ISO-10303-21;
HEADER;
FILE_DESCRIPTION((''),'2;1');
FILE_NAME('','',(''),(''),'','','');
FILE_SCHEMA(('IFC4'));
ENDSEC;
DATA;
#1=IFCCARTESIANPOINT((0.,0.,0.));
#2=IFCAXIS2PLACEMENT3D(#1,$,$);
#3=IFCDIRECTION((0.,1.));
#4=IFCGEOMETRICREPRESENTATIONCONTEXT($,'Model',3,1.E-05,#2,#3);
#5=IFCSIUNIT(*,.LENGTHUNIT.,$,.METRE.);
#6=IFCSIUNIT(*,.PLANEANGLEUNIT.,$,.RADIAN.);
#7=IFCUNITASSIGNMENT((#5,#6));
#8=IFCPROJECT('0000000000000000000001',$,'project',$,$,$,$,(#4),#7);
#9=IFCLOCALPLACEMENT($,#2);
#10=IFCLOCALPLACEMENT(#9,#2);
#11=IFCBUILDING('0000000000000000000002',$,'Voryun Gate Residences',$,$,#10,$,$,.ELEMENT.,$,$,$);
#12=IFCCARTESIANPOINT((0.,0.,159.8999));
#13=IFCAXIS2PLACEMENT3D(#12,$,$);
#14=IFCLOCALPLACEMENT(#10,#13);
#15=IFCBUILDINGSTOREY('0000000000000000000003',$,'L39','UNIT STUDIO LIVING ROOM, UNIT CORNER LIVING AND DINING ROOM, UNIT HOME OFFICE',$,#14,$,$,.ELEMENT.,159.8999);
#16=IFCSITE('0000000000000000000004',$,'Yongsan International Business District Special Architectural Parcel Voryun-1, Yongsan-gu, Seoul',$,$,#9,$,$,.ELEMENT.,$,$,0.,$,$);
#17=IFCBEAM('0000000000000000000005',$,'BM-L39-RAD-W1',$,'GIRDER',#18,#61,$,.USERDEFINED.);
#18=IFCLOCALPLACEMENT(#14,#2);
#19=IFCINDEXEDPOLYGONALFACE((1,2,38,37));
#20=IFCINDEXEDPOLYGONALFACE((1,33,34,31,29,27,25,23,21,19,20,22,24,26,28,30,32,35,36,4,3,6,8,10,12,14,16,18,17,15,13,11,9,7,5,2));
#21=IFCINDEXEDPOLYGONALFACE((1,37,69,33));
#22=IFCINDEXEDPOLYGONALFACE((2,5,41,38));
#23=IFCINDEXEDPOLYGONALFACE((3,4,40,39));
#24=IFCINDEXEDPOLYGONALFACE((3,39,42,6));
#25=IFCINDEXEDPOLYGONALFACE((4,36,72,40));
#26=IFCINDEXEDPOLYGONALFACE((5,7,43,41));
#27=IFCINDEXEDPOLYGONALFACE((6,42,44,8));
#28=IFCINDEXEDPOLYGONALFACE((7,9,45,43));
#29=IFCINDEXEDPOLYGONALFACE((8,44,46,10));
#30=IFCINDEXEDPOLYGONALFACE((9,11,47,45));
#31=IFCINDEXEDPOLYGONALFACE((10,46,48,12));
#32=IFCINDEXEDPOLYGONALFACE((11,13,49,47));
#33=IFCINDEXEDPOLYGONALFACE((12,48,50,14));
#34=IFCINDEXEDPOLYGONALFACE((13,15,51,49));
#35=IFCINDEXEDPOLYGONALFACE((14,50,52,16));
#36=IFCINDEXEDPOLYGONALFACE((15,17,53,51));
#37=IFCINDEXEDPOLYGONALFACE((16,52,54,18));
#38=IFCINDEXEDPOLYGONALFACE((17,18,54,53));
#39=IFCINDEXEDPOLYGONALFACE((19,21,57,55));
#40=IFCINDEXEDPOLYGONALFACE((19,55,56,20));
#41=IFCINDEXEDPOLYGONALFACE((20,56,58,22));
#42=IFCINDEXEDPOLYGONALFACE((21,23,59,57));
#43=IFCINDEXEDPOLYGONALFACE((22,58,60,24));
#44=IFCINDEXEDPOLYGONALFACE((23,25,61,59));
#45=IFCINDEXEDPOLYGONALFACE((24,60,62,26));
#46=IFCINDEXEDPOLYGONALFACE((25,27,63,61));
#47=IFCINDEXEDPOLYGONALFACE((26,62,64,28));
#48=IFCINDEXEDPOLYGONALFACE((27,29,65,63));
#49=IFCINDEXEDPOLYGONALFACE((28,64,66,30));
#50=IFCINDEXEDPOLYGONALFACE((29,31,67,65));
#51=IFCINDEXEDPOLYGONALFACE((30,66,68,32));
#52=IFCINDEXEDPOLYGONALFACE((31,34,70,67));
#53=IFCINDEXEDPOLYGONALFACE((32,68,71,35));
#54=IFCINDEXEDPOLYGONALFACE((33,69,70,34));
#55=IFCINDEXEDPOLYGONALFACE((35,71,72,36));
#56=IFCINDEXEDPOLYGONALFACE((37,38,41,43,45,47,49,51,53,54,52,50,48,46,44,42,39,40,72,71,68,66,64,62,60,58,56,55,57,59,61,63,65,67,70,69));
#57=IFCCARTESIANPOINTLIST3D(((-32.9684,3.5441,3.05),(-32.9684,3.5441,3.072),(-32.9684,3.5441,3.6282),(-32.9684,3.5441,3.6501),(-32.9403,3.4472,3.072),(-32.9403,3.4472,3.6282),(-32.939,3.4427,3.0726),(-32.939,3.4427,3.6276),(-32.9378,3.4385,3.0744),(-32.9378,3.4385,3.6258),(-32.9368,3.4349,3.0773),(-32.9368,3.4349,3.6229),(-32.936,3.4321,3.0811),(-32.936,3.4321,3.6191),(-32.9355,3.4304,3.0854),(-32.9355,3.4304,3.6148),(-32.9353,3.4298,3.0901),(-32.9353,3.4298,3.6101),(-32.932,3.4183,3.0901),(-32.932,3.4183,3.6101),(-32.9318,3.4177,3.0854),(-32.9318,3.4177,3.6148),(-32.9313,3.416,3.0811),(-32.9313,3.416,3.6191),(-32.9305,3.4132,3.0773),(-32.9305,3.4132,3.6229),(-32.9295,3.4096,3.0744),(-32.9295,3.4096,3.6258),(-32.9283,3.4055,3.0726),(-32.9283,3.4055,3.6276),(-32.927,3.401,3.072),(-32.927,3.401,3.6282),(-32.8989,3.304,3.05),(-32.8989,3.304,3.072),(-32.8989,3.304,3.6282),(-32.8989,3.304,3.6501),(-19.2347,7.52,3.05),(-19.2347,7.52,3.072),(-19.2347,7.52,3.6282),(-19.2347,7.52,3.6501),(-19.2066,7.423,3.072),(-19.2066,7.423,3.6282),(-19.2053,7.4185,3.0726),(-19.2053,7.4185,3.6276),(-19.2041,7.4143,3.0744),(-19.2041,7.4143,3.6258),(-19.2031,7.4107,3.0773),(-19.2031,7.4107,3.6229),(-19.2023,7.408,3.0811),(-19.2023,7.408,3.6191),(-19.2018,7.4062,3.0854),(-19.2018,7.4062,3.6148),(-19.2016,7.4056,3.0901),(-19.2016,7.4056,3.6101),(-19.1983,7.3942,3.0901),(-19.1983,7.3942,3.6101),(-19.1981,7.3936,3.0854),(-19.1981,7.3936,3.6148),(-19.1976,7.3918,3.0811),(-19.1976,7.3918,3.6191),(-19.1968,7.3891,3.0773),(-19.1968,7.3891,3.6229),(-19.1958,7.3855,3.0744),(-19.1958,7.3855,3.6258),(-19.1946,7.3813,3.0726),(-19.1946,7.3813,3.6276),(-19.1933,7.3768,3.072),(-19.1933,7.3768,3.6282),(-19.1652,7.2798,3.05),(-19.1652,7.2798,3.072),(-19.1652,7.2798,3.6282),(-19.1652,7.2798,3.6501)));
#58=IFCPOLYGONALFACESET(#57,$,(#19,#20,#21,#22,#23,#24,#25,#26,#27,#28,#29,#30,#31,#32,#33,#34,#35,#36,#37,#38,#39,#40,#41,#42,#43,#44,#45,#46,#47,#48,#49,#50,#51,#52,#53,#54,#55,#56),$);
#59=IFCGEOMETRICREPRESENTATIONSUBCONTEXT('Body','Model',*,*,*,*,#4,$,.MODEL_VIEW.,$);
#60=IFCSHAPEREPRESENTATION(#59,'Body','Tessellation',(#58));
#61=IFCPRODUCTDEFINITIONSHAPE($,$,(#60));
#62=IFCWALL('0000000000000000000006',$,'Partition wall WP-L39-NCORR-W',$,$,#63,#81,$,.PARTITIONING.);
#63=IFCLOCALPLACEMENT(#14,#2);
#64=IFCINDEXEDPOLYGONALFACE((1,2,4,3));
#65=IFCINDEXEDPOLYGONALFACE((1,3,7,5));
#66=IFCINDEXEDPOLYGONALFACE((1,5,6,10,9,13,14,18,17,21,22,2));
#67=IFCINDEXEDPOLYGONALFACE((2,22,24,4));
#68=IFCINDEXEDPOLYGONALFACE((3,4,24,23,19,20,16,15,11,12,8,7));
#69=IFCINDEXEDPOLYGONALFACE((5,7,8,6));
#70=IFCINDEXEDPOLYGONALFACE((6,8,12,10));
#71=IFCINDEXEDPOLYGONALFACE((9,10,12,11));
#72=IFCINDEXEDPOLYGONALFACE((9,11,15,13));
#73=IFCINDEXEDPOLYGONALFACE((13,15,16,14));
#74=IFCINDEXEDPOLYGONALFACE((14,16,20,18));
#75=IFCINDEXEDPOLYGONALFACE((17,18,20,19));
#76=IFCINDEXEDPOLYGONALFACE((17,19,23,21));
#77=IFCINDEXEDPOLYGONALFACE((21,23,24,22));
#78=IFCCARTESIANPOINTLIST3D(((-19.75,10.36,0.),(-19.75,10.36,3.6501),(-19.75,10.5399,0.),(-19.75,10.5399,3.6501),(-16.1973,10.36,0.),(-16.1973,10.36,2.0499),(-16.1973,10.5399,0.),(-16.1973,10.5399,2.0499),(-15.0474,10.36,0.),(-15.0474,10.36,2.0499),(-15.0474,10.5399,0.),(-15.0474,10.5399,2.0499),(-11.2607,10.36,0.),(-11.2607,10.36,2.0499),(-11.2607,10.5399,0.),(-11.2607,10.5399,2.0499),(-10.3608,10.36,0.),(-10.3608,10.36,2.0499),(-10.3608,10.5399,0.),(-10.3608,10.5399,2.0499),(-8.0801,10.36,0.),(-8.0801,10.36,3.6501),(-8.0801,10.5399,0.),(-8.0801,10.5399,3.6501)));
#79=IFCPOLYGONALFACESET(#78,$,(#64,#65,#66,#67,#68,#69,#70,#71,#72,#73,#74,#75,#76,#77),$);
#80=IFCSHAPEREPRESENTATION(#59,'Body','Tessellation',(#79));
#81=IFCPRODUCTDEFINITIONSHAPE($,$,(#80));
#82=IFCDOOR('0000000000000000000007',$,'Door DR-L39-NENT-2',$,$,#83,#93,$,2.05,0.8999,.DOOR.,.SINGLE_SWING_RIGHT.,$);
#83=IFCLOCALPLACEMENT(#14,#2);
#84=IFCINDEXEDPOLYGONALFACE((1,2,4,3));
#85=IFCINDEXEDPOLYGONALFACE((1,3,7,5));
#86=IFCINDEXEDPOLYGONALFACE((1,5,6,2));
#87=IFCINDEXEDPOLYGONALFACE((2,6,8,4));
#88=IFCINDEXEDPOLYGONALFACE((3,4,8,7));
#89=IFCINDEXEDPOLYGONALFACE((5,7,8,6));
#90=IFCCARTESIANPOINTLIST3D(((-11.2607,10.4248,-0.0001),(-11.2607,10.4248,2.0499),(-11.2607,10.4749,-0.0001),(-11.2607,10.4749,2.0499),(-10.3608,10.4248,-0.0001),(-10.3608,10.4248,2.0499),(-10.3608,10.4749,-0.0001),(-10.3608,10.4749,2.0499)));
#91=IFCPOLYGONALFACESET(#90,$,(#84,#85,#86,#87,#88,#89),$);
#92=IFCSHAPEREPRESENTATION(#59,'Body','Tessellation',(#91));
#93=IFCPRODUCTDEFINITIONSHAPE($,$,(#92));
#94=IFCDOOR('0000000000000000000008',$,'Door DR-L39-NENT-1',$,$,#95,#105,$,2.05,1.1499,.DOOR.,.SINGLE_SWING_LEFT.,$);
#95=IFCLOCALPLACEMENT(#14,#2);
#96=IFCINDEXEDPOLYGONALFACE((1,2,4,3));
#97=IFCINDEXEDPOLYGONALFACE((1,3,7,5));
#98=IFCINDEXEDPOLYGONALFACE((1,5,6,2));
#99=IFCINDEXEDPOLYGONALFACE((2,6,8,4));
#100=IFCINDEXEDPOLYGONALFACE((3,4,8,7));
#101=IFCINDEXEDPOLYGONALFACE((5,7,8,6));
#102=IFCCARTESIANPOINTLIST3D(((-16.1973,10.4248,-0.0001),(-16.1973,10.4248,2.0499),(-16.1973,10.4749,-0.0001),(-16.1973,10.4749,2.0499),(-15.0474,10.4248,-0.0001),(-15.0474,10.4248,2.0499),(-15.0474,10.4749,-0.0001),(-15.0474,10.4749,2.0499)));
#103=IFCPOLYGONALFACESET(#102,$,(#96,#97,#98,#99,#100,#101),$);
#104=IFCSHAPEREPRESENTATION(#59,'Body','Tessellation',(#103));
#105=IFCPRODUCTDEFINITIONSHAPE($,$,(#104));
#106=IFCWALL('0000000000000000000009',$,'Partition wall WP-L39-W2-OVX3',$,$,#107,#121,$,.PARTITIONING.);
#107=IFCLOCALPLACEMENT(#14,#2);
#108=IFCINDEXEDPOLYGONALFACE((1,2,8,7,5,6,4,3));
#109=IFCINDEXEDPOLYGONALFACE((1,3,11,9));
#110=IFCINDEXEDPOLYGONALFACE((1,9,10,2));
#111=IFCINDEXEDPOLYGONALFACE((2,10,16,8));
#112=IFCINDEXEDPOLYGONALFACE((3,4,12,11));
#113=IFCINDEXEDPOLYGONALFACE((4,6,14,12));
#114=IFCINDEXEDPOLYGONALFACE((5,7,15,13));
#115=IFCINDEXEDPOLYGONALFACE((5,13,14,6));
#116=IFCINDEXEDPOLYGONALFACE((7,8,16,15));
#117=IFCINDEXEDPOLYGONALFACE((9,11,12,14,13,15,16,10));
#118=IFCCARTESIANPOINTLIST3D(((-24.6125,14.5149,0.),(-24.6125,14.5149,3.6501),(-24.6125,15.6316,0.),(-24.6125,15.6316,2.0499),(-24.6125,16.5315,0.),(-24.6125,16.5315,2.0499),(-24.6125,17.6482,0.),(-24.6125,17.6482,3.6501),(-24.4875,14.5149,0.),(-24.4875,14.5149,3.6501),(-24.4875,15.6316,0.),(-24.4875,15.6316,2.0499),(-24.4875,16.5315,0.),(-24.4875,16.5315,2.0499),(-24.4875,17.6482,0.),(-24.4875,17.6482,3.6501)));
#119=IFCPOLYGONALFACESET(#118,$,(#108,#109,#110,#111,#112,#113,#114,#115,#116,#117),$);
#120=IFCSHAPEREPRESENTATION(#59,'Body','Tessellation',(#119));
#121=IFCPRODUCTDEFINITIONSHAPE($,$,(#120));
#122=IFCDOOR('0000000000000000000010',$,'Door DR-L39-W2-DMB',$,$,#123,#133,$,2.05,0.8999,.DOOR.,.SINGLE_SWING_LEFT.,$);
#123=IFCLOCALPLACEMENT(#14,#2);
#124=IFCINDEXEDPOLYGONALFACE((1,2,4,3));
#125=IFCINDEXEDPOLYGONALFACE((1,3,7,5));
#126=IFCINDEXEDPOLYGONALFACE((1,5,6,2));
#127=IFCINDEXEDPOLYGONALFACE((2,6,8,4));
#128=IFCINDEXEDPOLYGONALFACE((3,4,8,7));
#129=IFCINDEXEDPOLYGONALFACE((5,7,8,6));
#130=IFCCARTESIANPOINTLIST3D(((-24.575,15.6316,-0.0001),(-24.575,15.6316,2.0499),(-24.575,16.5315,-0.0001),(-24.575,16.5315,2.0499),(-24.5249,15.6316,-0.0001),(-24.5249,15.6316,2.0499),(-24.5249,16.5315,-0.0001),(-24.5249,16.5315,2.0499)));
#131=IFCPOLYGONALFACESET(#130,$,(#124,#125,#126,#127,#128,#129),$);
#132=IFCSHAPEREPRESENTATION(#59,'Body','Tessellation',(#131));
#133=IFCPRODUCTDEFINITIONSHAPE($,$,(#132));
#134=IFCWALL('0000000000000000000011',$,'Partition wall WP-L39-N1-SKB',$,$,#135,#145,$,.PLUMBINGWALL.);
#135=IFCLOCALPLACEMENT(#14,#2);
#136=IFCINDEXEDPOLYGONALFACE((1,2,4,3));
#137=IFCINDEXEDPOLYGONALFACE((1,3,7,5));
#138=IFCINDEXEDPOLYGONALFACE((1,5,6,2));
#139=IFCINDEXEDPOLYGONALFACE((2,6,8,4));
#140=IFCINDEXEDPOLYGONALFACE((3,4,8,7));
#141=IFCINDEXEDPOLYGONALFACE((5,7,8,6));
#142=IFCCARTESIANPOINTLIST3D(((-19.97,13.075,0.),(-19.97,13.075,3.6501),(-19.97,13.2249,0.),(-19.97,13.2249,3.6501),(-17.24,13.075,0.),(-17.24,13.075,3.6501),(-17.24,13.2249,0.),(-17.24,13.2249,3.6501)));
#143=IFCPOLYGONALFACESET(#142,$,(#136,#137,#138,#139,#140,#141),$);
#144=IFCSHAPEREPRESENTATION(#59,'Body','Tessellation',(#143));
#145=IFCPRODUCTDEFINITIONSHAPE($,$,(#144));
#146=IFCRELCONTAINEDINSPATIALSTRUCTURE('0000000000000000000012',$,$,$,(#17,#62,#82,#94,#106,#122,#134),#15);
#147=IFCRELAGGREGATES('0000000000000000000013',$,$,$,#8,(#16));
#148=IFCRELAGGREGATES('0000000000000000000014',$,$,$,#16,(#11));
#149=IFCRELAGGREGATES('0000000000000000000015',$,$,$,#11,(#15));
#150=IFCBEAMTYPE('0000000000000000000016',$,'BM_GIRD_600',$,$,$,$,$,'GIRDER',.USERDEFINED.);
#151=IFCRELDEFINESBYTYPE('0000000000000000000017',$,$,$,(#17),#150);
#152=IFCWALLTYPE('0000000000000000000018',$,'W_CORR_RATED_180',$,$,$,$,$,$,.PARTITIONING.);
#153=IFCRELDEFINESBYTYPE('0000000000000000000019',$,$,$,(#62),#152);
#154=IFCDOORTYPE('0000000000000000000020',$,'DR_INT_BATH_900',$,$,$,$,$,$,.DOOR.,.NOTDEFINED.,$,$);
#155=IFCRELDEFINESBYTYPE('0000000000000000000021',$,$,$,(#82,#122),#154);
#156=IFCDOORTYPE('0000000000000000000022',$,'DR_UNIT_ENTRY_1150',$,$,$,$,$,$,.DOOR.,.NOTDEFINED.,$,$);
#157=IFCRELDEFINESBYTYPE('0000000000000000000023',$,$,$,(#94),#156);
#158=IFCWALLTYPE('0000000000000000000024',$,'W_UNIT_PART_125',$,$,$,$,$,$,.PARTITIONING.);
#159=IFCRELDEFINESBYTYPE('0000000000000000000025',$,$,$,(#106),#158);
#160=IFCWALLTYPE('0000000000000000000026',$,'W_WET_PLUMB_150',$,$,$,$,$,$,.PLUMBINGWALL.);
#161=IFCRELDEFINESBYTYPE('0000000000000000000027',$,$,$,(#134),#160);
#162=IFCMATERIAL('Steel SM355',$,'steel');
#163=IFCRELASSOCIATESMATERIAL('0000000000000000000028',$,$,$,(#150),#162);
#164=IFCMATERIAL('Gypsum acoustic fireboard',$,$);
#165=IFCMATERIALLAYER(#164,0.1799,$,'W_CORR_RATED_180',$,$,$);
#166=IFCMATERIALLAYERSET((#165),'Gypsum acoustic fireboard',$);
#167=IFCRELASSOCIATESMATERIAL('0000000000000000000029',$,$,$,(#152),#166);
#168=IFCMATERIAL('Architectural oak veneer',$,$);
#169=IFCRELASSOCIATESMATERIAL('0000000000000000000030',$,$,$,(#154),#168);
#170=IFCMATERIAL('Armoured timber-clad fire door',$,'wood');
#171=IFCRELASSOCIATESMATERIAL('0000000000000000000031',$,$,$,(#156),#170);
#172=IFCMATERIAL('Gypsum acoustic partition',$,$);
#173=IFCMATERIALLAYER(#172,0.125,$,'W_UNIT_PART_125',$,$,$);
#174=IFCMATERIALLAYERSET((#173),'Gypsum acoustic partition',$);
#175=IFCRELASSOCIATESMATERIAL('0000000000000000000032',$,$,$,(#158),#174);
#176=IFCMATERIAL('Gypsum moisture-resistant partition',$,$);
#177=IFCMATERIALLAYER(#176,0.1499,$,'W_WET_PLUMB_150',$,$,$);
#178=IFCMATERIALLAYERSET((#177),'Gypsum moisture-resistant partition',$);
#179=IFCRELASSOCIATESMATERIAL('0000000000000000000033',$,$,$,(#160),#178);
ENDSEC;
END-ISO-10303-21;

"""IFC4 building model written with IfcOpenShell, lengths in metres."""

from ifc_helpers import new_model, si_unit, direction, frame, frame_2d, origin, origin_2d, place, context, subcontext, project, spatial, rectangle, i_section, extrude, material, layer, layer_set, material_profile, profile_set, type_object, element, fill, save


model = new_model("IFC4")

# Units and contexts
model_context = context("Model", 3, precision=1e-05, world=origin(), true_north=direction((0.0, 1.0)))
body_context = subcontext(model_context, "Body", "Model", "MODEL_VIEW")
ifc_project = project(units=[si_unit("LENGTHUNIT", "METRE"), si_unit("PLANEANGLEUNIT", "RADIAN")], contexts=[model_context])

# Site, building, storey
site_placement = place(None, origin())
site = spatial("IfcSite", under=ifc_project, at=site_placement, Name="Yongsan International Business District Special Architectural Parcel Voryun-1, Yongsan-gu, Seoul", CompositionType="ELEMENT", RefElevation=0.0)
building_placement = place(site_placement, origin())
building = spatial("IfcBuilding", under=site, at=building_placement, Name="Voryun Gate Residences", CompositionType="ELEMENT")
storey_placement = place(building_placement, frame((0.0, 0.0, 159.8999)))
storey = spatial("IfcBuildingStorey", under=building, at=storey_placement, Name="L39", Description="UNIT STUDIO LIVING ROOM, UNIT CORNER LIVING AND DINING ROOM, UNIT HOME OFFICE", CompositionType="ELEMENT", Elevation=159.8999)

# Beam
ifc_material_1 = material(Name="Steel SM355", Category="steel")
ifc_material_profile_1 = material_profile(ifc_material_1, i_section(OverallWidth=0.25, OverallDepth=0.6001, WebThickness=0.012, FlangeThickness=0.022, FilletRadius=0.0181, at=origin_2d()), Name="H-600x250x12x22")
ifc_profile_set_1 = profile_set([ifc_material_profile_1], Name="Steel SM355")
beam_type_1 = type_object("IfcBeamType", Name="BM_GIRD_600", ElementType="GIRDER", PredefinedType="USERDEFINED", material=ifc_profile_set_1)
beam_1_placement = place(storey_placement, frame((-19.2, 7.3999, 3.3501), z_axis=(-0.960559, -0.278078, 0.0), x_axis=(0.278078, -0.960559, 0.0)))
element("IfcBeam", 1, at=beam_1_placement, inside=storey, type_object=beam_type_1, Name="BM-L39-RAD-W1", ObjectType="GIRDER", PredefinedType="USERDEFINED", context=body_context, shape_type="SweptSolid", body=[
    extrude(i_section(OverallWidth=0.25, OverallDepth=0.6001, WebThickness=0.012, FlangeThickness=0.022, FilletRadius=0.0181, at=origin_2d()), origin(), (0.0, 0.0, 1.0), 14.2976),
])

# Wall, openings, doors
ifc_material_2 = material(Name="Gypsum acoustic fireboard")
ifc_layer_1 = layer(ifc_material_2, 0.1799, Name="W_CORR_RATED_180")
ifc_layer_set_1 = layer_set([ifc_layer_1], Name="Gypsum acoustic fireboard")
wall_type_1 = type_object("IfcWallType", Name="W_CORR_RATED_180", PredefinedType="PARTITIONING", material=ifc_layer_set_1)
wall_1_placement = place(storey_placement, frame((-19.75, 10.45, 0.0), z_axis=(0.0, 0.0, 1.0), x_axis=(1.0, 0.0, 0.0)))
wall_1 = element("IfcWall", 2, at=wall_1_placement, inside=storey, type_object=wall_type_1, Name="Partition wall WP-L39-NCORR-W", PredefinedType="PARTITIONING", context=body_context, shape_type="SweptSolid", body=[
    extrude(rectangle(XDim=11.6699, YDim=0.1799, at=frame_2d((5.835, 0.0))), origin(), (0.0, 0.0, 1.0), 3.6501),
])
opening_1_placement = place(wall_1_placement, frame((3.5527, 0.0, 0.0)))
opening_1 = element("IfcOpeningElement", 3, at=opening_1_placement, cuts=wall_1, PredefinedType="OPENING", context=body_context, shape_type="SweptSolid", body=[
    extrude(rectangle(XDim=1.1499, YDim=2.05, at=frame_2d((0.575, 1.0249))), frame((0.0, 0.0999, 0.0), z_axis=(0.0, -1.0, 0.0), x_axis=(1.0, 0.0, 0.0)), (0.0, 0.0, 1.0), 0.2),
])
opening_2_placement = place(wall_1_placement, frame((8.4893, 0.0, 0.0)))
opening_2 = element("IfcOpeningElement", 4, at=opening_2_placement, cuts=wall_1, PredefinedType="OPENING", context=body_context, shape_type="SweptSolid", body=[
    extrude(rectangle(XDim=0.8999, YDim=2.05, at=frame_2d((0.45, 1.0249))), frame((0.0, 0.0999, 0.0), z_axis=(0.0, -1.0, 0.0), x_axis=(1.0, 0.0, 0.0)), (0.0, 0.0, 1.0), 0.2),
])
ifc_material_3 = material(Name="Architectural oak veneer")
door_type_1 = type_object("IfcDoorType", Name="DR_INT_BATH_900", OperationType="NOTDEFINED", PredefinedType="DOOR", material=ifc_material_3)
door_1_placement = place(opening_2_placement, origin())
door_1 = element("IfcDoor", 5, at=door_1_placement, inside=storey, type_object=door_type_1, Name="Door DR-L39-NENT-2", OperationType="SINGLE_SWING_RIGHT", OverallHeight=2.05, OverallWidth=0.8999, PredefinedType="DOOR", context=body_context, shape_type="SweptSolid", body=[
    extrude(rectangle(XDim=0.8999, YDim=2.05, at=frame_2d((0.45, 1.0249))), frame((0.0, 0.0249, 0.0), z_axis=(0.0, -1.0, 0.0), x_axis=(1.0, 0.0, 0.0)), (0.0, 0.0, 1.0), 0.05),
])
fill(opening_2, door_1)
ifc_material_4 = material(Name="Armoured timber-clad fire door", Category="wood")
door_type_2 = type_object("IfcDoorType", Name="DR_UNIT_ENTRY_1150", OperationType="NOTDEFINED", PredefinedType="DOOR", material=ifc_material_4)
door_2_placement = place(opening_1_placement, origin())
door_2 = element("IfcDoor", 6, at=door_2_placement, inside=storey, type_object=door_type_2, Name="Door DR-L39-NENT-1", OperationType="SINGLE_SWING_LEFT", OverallHeight=2.05, OverallWidth=1.1499, PredefinedType="DOOR", context=body_context, shape_type="SweptSolid", body=[
    extrude(rectangle(XDim=1.1499, YDim=2.05, at=frame_2d((0.575, 1.0249))), frame((0.0, 0.0249, 0.0), z_axis=(0.0, -1.0, 0.0), x_axis=(1.0, 0.0, 0.0)), (0.0, 0.0, 1.0), 0.05),
])
fill(opening_1, door_2)

# Wall, opening, door
ifc_material_5 = material(Name="Gypsum acoustic partition")
ifc_layer_2 = layer(ifc_material_5, 0.125, Name="W_UNIT_PART_125")
ifc_layer_set_2 = layer_set([ifc_layer_2], Name="Gypsum acoustic partition")
wall_type_2 = type_object("IfcWallType", Name="W_UNIT_PART_125", PredefinedType="PARTITIONING", material=ifc_layer_set_2)
wall_2_placement = place(storey_placement, frame((-24.55, 14.5149, 0.0), z_axis=(0.0, 0.0, 1.0), x_axis=(0.0, 1.0, 0.0)))
wall_2 = element("IfcWall", 7, at=wall_2_placement, inside=storey, type_object=wall_type_2, Name="Partition wall WP-L39-W2-OVX3", PredefinedType="PARTITIONING", context=body_context, shape_type="SweptSolid", body=[
    extrude(rectangle(XDim=3.1333, YDim=0.125, at=frame_2d((1.5667, 0.0))), origin(), (0.0, 0.0, 1.0), 3.6501),
])
opening_3_placement = place(wall_2_placement, frame((1.1167, 0.0, 0.0)))
opening_3 = element("IfcOpeningElement", 8, at=opening_3_placement, cuts=wall_2, PredefinedType="OPENING", context=body_context, shape_type="SweptSolid", body=[
    extrude(rectangle(XDim=0.8999, YDim=2.05, at=frame_2d((0.45, 1.0249))), frame((0.0, 0.0725, 0.0), z_axis=(0.0, -1.0, 0.0), x_axis=(1.0, 0.0, 0.0)), (0.0, 0.0, 1.0), 0.145),
])
door_3_placement = place(opening_3_placement, origin())
door_3 = element("IfcDoor", 9, at=door_3_placement, inside=storey, type_object=door_type_1, Name="Door DR-L39-W2-DMB", OperationType="SINGLE_SWING_LEFT", OverallHeight=2.05, OverallWidth=0.8999, PredefinedType="DOOR", context=body_context, shape_type="SweptSolid", body=[
    extrude(rectangle(XDim=0.8999, YDim=2.05, at=frame_2d((0.45, 1.0249))), frame((0.0, 0.0249, 0.0), z_axis=(0.0, -1.0, 0.0), x_axis=(1.0, 0.0, 0.0)), (0.0, 0.0, 1.0), 0.05),
])
fill(opening_3, door_3)

# Wall
ifc_material_6 = material(Name="Gypsum moisture-resistant partition")
ifc_layer_3 = layer(ifc_material_6, 0.1499, Name="W_WET_PLUMB_150")
ifc_layer_set_3 = layer_set([ifc_layer_3], Name="Gypsum moisture-resistant partition")
wall_type_3 = type_object("IfcWallType", Name="W_WET_PLUMB_150", PredefinedType="PLUMBINGWALL", material=ifc_layer_set_3)
wall_3_placement = place(storey_placement, frame((-19.97, 13.1499, 0.0), z_axis=(0.0, 0.0, 1.0), x_axis=(1.0, 0.0, 0.0)))
element("IfcWall", 10, at=wall_3_placement, inside=storey, type_object=wall_type_3, Name="Partition wall WP-L39-N1-SKB", PredefinedType="PLUMBINGWALL", context=body_context, shape_type="SweptSolid", body=[
    extrude(rectangle(XDim=2.73, YDim=0.1499, at=frame_2d((1.365, 0.0))), origin(), (0.0, 0.0, 1.0), 3.6501),
])

save(model, "model.ifc")
